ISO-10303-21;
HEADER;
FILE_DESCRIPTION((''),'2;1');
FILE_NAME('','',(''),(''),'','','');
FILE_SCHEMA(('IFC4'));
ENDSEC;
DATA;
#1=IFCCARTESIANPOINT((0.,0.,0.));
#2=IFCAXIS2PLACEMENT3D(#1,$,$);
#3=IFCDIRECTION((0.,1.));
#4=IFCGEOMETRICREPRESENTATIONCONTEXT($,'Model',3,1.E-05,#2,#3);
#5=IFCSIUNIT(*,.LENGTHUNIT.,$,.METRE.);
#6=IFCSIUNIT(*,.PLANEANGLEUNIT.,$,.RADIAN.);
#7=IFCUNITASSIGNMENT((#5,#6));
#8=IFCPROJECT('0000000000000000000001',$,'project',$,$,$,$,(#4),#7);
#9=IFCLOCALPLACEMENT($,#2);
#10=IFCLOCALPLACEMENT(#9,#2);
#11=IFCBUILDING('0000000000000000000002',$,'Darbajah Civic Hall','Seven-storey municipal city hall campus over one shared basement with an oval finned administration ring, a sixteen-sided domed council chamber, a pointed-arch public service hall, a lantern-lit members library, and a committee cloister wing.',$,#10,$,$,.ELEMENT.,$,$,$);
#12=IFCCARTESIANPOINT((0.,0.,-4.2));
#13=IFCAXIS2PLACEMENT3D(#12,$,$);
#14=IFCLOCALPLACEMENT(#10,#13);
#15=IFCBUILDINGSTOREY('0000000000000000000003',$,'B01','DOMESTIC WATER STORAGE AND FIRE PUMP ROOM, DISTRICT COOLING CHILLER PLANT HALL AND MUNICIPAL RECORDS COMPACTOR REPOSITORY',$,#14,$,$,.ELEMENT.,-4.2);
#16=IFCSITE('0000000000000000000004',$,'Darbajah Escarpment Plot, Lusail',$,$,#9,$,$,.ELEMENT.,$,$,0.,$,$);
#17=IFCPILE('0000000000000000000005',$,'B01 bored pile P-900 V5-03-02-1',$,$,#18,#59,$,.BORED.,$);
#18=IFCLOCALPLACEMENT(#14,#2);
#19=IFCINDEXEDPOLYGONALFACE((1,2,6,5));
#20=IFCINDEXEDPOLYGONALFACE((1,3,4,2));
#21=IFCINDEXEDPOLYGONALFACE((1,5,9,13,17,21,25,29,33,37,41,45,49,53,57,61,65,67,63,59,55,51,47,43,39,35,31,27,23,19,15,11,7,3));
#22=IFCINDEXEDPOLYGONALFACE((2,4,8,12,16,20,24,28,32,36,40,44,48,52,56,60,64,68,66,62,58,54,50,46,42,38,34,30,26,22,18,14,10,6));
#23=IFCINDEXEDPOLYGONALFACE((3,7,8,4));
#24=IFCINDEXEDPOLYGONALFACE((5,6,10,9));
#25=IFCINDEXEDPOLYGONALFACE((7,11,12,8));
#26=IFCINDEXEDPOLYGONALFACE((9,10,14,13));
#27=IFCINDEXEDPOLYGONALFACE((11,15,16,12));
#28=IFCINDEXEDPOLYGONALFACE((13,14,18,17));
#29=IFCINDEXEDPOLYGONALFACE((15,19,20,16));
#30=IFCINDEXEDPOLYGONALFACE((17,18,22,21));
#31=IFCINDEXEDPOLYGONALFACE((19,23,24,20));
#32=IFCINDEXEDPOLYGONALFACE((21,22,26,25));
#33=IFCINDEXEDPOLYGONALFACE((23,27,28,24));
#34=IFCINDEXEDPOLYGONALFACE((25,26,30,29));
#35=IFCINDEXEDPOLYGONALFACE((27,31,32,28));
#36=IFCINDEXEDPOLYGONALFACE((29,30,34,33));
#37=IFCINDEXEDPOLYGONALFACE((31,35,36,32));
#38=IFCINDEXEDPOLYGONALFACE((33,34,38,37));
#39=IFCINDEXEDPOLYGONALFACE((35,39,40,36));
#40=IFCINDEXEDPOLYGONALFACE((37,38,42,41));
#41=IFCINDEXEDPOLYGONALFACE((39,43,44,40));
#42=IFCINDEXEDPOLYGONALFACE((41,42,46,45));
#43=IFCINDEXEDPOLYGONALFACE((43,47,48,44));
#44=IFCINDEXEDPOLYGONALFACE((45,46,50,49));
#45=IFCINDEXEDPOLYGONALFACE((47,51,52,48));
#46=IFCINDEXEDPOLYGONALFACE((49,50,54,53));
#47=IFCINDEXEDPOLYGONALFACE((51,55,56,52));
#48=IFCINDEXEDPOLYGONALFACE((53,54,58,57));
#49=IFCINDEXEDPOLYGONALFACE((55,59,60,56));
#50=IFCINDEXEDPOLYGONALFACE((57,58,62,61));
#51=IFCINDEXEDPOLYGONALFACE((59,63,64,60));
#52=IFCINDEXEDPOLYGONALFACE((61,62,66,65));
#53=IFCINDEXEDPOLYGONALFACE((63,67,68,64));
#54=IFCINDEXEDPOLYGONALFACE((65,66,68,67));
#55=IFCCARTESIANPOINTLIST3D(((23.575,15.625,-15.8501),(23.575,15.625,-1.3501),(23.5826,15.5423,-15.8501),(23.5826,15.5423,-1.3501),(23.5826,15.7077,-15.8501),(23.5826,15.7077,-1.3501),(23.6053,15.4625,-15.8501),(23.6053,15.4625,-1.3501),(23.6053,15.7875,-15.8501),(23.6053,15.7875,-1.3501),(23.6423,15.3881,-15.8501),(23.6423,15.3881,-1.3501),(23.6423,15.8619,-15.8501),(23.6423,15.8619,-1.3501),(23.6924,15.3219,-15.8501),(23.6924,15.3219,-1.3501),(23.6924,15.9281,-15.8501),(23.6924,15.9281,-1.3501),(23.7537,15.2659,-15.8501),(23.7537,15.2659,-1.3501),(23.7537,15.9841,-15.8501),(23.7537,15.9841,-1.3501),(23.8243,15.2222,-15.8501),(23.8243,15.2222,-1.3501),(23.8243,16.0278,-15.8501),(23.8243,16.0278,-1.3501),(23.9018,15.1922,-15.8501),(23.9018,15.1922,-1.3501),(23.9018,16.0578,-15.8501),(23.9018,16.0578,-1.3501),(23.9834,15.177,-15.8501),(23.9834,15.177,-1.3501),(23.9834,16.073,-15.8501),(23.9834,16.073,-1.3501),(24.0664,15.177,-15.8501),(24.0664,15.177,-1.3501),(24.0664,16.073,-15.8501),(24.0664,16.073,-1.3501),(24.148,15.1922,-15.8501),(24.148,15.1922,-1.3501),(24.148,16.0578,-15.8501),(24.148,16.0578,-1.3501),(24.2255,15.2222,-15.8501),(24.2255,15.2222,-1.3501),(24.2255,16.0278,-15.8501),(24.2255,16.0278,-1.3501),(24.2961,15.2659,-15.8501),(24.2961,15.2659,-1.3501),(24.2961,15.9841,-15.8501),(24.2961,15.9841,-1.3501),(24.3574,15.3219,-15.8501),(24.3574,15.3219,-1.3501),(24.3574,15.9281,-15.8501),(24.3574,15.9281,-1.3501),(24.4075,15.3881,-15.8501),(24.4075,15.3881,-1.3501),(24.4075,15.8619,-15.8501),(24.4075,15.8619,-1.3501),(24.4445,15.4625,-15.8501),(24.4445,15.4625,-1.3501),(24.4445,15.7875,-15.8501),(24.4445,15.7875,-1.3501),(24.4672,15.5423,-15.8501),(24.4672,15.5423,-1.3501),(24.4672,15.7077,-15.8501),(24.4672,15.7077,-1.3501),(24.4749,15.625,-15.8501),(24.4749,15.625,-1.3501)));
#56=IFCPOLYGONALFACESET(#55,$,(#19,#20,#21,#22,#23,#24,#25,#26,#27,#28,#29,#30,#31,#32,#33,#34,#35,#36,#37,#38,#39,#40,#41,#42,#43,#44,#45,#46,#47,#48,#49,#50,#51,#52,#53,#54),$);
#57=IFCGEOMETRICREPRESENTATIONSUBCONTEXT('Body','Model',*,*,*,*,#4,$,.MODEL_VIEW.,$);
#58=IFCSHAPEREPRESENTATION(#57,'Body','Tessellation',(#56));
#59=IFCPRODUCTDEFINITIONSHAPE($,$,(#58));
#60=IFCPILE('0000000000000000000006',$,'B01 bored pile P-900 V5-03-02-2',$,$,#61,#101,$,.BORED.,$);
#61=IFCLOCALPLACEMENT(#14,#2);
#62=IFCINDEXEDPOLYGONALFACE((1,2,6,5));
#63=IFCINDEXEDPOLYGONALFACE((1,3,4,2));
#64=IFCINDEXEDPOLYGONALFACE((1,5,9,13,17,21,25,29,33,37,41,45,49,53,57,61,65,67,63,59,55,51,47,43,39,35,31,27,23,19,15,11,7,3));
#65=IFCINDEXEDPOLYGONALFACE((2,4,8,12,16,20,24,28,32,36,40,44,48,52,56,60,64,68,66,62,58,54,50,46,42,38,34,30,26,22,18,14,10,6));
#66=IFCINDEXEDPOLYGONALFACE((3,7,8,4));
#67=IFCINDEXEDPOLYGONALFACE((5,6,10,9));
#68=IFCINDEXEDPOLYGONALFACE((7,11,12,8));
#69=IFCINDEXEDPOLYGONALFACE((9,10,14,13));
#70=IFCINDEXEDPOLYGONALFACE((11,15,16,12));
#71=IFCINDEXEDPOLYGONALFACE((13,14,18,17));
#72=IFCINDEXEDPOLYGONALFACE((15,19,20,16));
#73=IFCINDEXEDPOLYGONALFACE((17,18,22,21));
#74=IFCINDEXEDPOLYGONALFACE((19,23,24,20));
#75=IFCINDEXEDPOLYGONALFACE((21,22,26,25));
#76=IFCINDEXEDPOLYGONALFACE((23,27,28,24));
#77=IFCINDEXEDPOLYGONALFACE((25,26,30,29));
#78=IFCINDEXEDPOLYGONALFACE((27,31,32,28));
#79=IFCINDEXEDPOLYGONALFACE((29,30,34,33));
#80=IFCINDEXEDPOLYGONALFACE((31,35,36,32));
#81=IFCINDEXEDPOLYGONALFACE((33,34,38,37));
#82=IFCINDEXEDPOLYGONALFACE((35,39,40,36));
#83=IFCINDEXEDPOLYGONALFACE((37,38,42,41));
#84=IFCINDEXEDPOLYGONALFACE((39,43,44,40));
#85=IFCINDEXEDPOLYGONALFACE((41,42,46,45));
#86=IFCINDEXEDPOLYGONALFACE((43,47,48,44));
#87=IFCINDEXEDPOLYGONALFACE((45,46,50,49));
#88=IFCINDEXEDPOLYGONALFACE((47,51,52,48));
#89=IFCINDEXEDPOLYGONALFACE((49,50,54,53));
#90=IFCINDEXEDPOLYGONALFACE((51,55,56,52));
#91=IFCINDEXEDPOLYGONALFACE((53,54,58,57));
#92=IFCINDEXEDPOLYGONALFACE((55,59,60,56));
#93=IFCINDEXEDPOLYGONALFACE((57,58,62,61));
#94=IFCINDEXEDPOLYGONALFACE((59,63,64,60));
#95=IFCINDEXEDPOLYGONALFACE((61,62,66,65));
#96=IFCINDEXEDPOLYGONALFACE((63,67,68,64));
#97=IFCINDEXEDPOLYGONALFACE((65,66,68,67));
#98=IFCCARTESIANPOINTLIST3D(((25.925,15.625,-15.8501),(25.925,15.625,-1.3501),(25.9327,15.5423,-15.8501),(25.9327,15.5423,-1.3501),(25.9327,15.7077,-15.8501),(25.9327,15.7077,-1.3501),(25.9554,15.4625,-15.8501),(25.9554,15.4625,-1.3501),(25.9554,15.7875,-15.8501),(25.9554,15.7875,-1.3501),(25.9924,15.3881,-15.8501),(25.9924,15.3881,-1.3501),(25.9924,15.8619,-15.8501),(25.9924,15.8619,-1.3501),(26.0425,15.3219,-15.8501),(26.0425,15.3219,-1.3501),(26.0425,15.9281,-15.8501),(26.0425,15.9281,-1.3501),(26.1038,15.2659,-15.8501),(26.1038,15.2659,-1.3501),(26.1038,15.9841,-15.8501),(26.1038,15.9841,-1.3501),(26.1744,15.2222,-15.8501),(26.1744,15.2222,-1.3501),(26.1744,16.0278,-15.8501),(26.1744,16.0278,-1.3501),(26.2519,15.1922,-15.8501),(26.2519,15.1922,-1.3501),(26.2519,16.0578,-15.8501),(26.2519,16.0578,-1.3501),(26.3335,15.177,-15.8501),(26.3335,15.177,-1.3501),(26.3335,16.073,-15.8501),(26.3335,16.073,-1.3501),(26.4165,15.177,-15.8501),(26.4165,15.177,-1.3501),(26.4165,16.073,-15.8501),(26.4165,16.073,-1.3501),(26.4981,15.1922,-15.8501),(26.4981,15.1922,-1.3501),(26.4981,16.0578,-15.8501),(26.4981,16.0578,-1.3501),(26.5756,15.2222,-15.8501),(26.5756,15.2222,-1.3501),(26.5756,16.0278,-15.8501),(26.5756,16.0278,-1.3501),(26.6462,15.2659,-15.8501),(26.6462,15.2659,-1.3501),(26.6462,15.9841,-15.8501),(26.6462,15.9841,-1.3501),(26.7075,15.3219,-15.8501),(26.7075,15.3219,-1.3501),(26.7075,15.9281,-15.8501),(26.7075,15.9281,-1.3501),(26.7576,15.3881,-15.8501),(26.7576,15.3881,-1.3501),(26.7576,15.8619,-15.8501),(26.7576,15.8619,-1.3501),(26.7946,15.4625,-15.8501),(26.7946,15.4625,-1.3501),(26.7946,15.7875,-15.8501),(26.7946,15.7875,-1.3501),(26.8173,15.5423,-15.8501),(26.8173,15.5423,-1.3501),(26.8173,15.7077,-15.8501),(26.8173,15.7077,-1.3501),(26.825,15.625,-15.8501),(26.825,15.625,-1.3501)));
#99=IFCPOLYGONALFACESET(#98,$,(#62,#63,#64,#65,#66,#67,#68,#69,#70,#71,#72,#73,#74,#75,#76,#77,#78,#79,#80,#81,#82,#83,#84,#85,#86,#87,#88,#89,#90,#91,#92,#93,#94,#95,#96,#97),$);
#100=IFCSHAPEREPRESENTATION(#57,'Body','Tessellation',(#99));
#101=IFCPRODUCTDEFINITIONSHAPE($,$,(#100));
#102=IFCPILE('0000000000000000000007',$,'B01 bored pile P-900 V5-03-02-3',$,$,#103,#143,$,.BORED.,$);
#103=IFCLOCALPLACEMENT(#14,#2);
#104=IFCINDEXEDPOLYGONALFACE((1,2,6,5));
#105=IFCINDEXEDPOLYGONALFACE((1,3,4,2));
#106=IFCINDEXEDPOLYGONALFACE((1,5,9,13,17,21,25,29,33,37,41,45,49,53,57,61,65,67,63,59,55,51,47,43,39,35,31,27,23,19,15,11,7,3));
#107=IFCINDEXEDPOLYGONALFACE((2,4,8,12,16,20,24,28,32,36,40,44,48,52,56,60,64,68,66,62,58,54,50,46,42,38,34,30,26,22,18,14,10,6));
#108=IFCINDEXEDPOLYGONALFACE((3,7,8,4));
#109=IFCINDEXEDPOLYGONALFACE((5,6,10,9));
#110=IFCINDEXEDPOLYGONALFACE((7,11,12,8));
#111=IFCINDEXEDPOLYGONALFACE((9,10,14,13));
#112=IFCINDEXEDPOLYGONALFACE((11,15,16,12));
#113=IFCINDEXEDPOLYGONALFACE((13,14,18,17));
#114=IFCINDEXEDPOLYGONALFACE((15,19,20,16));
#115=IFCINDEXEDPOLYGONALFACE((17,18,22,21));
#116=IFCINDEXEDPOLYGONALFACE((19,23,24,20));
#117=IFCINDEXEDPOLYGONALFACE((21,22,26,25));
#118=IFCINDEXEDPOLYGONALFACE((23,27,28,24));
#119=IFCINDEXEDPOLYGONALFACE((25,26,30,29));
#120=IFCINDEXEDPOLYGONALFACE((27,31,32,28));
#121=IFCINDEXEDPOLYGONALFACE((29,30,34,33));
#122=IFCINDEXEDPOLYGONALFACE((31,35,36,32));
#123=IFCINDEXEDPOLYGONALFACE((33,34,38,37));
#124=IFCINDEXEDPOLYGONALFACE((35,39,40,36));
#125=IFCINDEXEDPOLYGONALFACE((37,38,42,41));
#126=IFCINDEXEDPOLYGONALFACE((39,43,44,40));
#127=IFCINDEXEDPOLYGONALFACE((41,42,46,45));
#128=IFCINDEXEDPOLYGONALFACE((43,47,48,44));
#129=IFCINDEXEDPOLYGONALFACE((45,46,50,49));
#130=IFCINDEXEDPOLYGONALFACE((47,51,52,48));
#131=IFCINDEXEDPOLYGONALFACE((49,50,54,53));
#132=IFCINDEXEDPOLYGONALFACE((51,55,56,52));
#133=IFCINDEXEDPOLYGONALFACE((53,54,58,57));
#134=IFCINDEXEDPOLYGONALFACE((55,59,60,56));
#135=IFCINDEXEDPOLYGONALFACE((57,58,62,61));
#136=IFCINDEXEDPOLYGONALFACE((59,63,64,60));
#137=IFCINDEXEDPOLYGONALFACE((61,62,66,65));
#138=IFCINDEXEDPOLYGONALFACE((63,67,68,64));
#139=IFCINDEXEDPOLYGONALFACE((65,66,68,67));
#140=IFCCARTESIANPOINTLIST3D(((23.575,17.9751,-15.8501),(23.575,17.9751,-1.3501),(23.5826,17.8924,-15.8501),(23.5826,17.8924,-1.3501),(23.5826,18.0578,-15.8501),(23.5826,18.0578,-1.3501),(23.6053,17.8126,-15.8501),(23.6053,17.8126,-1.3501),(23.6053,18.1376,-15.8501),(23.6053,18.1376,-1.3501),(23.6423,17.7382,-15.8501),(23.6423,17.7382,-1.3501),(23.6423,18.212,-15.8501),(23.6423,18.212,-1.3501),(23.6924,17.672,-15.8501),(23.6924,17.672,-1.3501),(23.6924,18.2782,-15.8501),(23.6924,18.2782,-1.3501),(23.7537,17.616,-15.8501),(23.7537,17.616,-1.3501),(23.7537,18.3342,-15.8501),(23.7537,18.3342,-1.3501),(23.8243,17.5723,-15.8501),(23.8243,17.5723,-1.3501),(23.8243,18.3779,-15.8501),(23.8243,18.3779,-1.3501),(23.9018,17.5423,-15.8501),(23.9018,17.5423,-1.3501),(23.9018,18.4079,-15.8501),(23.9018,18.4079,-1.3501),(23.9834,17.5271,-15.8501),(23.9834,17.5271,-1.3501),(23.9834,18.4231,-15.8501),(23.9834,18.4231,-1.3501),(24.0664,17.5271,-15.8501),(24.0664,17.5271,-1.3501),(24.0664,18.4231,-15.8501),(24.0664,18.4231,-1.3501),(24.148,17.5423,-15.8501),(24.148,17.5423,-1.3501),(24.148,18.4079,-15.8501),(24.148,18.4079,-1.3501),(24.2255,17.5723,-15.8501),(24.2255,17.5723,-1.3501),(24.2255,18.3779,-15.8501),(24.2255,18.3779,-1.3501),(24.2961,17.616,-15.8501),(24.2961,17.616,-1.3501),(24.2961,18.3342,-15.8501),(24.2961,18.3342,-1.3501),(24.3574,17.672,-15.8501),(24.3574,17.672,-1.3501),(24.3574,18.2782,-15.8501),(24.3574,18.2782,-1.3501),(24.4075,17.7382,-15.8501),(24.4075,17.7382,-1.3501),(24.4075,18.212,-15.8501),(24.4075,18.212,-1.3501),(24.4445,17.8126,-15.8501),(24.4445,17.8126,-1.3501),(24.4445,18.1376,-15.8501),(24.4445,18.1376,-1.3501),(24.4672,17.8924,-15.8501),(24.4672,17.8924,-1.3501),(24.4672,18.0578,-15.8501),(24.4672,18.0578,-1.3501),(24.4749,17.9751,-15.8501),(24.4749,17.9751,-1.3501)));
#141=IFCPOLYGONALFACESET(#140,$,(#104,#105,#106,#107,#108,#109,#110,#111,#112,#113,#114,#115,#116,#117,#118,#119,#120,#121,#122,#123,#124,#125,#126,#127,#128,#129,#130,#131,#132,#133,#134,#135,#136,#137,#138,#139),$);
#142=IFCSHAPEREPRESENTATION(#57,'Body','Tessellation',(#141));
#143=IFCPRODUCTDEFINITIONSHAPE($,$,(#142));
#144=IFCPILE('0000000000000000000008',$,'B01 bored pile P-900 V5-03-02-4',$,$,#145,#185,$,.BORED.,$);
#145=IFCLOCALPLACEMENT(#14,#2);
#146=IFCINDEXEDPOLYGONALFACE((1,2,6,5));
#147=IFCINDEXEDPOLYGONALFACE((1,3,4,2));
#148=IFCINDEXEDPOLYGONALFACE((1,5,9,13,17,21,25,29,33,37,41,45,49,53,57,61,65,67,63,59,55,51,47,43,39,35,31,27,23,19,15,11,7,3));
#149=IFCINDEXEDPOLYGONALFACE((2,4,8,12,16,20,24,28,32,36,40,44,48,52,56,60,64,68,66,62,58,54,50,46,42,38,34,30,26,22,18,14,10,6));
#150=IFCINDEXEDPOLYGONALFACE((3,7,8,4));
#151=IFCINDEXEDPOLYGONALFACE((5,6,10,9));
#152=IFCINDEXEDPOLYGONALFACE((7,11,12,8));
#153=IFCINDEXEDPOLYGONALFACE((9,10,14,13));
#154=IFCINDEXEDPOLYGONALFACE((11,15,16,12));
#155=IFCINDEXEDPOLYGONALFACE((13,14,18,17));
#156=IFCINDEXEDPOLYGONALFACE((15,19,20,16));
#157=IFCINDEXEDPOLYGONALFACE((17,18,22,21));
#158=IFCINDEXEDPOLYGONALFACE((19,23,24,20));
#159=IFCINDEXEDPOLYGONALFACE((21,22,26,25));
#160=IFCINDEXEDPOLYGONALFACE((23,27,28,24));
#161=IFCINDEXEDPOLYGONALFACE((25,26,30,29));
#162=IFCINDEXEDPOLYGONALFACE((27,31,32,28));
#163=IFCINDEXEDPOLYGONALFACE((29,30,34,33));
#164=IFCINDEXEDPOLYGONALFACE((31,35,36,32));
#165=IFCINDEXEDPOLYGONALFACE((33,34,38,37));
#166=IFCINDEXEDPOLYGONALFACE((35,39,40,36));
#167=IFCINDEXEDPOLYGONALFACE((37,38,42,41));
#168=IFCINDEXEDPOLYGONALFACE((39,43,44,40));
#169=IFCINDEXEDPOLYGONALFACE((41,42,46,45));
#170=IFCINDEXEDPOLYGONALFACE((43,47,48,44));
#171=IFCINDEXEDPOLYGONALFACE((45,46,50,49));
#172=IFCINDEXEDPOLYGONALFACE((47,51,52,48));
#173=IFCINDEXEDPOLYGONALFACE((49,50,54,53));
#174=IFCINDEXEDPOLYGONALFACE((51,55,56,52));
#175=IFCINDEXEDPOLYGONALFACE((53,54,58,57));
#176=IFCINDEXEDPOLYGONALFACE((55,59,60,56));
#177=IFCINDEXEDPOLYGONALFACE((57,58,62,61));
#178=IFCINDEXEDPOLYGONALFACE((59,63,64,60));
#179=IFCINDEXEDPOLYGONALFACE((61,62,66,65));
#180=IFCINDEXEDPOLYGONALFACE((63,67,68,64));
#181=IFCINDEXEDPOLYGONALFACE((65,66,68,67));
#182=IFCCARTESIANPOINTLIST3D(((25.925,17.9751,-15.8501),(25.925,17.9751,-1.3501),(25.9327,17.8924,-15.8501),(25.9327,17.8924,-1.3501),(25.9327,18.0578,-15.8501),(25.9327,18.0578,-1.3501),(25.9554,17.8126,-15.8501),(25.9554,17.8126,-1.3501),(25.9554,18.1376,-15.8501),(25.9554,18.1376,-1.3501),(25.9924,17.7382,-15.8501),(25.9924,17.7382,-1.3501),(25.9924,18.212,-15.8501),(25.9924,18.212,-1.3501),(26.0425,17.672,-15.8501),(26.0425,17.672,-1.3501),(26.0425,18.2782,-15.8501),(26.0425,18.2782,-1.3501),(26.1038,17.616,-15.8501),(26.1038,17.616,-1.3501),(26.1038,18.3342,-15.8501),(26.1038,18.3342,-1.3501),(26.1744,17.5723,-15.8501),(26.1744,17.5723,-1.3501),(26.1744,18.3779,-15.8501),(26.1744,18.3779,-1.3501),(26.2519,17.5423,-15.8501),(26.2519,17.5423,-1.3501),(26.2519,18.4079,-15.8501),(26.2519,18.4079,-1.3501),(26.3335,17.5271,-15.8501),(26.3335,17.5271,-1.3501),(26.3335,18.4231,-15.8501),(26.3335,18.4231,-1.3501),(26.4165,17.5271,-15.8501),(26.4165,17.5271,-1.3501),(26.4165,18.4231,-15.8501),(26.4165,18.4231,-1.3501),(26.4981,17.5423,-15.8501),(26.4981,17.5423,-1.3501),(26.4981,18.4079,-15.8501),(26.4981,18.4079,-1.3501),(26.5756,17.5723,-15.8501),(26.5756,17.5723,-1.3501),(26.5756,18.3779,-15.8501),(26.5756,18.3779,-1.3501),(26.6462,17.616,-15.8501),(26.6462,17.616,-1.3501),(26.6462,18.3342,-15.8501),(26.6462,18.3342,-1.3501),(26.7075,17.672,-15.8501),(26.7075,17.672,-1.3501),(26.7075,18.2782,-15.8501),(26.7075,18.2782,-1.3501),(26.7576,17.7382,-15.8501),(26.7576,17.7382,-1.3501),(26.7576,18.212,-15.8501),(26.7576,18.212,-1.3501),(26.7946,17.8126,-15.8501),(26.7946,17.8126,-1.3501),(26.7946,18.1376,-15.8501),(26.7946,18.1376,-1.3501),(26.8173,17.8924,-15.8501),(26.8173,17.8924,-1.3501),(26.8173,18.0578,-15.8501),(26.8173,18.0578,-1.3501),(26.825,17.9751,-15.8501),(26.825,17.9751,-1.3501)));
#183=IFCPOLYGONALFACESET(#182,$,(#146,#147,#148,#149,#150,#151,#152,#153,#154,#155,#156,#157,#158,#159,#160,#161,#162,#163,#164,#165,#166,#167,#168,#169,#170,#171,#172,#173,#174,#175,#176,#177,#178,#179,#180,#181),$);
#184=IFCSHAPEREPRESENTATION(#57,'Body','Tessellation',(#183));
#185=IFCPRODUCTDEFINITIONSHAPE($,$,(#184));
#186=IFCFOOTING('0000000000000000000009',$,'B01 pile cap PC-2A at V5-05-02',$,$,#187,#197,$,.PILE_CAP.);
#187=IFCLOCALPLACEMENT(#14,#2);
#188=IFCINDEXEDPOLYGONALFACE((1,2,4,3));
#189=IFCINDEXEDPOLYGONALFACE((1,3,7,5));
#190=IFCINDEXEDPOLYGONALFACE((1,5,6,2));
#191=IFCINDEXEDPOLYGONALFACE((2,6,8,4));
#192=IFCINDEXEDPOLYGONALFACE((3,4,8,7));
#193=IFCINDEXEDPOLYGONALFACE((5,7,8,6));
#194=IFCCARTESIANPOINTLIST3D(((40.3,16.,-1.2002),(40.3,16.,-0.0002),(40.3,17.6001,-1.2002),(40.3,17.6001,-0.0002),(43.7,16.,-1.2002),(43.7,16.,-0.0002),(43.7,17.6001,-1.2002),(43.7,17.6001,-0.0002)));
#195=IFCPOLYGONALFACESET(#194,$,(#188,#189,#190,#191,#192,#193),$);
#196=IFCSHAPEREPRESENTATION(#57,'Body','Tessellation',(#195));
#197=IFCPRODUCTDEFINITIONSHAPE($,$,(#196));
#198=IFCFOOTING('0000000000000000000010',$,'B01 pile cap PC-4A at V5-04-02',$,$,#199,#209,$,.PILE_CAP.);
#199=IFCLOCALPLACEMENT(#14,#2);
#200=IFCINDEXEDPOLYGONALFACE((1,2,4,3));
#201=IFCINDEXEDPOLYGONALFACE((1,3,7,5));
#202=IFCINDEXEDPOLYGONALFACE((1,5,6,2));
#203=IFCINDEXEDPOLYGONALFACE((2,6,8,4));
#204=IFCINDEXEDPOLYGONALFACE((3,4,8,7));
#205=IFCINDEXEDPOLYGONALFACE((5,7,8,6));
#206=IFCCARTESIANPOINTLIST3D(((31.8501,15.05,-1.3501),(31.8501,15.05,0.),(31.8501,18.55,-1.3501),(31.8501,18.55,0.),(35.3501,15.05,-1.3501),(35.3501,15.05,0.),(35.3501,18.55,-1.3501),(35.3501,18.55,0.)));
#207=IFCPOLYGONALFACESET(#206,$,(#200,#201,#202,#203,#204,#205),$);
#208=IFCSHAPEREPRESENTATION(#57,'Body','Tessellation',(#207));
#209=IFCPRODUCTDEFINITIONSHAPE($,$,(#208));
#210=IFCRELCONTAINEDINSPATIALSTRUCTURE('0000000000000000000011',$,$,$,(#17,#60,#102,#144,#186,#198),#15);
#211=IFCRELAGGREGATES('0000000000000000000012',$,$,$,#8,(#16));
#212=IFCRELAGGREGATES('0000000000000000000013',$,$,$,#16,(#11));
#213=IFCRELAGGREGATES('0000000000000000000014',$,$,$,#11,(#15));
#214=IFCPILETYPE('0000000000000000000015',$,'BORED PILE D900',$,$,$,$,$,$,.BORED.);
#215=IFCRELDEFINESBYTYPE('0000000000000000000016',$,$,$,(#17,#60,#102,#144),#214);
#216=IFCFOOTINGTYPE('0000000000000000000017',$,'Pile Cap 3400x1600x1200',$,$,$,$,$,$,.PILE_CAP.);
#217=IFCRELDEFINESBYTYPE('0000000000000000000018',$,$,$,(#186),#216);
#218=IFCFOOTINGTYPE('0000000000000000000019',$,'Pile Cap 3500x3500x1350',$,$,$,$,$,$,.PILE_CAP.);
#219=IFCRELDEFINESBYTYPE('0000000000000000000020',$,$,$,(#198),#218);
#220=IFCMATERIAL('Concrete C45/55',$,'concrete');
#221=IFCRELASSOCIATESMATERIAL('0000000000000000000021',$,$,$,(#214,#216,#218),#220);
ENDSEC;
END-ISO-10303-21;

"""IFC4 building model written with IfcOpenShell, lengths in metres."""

from ifc_helpers import new_model, si_unit, direction, frame, origin, origin_2d, place, context, subcontext, project, spatial, rectangle, circle, extrude, material, material_profile, profile_set, type_object, element, save


model = new_model("IFC4")

# Units and contexts
model_context = context("Model", 3, precision=1e-05, world=origin(), true_north=direction((0.0, 1.0)))
body_context = subcontext(model_context, "Body", "Model", "MODEL_VIEW")
ifc_project = project(units=[si_unit("LENGTHUNIT", "METRE"), si_unit("PLANEANGLEUNIT", "RADIAN")], contexts=[model_context])

# Site, building, storey
site_placement = place(None, origin())
site = spatial("IfcSite", under=ifc_project, at=site_placement, Name="Darbajah Escarpment Plot, Lusail", CompositionType="ELEMENT", RefElevation=0.0)
building_placement = place(site_placement, origin())
building = spatial("IfcBuilding", under=site, at=building_placement, Name="Darbajah Civic Hall", Description="Seven-storey municipal city hall campus over one shared basement with an oval finned administration ring, a sixteen-sided domed council chamber, a pointed-arch public service hall, a lantern-lit members library, and a committee cloister wing.", CompositionType="ELEMENT")
storey_placement = place(building_placement, frame((0.0, 0.0, -4.2)))
storey = spatial("IfcBuildingStorey", under=building, at=storey_placement, Name="B01", Description="DOMESTIC WATER STORAGE AND FIRE PUMP ROOM, DISTRICT COOLING CHILLER PLANT HALL AND MUNICIPAL RECORDS COMPACTOR REPOSITORY", CompositionType="ELEMENT", Elevation=-4.2)

# Piles
ifc_material_1 = material(Name="Concrete C45/55", Category="concrete")
ifc_material_profile_1 = material_profile(ifc_material_1, circle(Radius=0.45, at=origin_2d()), Name="BORED PILE D900")
ifc_profile_set_1 = profile_set([ifc_material_profile_1], Name="Concrete C45/55")
pile_type_1 = type_object("IfcPileType", Name="BORED PILE D900", PredefinedType="BORED", material=ifc_profile_set_1)
for number, where, z_axis, x_axis, name in (
    (1, (24.0249, 15.625, -1.3501), (0.0, 0.0, -1.0), (1.0, 0.0, 0.0), "B01 bored pile P-900 V5-03-02-1"),
    (2, (26.375, 15.625, -1.3501), (0.0, 0.0, -1.0), (1.0, 0.0, 0.0), "B01 bored pile P-900 V5-03-02-2"),
    (3, (24.0249, 17.9751, -1.3501), (0.0, 0.0, -1.0), (1.0, 0.0, 0.0), "B01 bored pile P-900 V5-03-02-3"),
    (4, (26.375, 17.9751, -1.3501), (0.0, 0.0, -1.0), (1.0, 0.0, 0.0), "B01 bored pile P-900 V5-03-02-4"),
):
    element("IfcPile", number, at=place(storey_placement, frame(where, z_axis=z_axis, x_axis=x_axis)), inside=storey, type_object=pile_type_1, Name=name, PredefinedType="BORED", context=body_context, shape_type="SweptSolid", body=[
        extrude(circle(Radius=0.45, at=origin_2d()), origin(), (0.0, 0.0, 1.0), 14.5),
    ])

# Footings
footing_type_1 = type_object("IfcFootingType", Name="Pile Cap 3400x1600x1200", PredefinedType="PILE_CAP", material=ifc_material_1)
footing_1_placement = place(storey_placement, frame((42.0, 16.8, -1.2002), z_axis=(0.0, 0.0, 1.0), x_axis=(1.0, 0.0, 0.0)))
element("IfcFooting", 5, at=footing_1_placement, inside=storey, type_object=footing_type_1, Name="B01 pile cap PC-2A at V5-05-02", PredefinedType="PILE_CAP", context=body_context, shape_type="SweptSolid", body=[
    extrude(rectangle(XDim=3.3999, YDim=1.6001, at=origin_2d()), origin(), (0.0, 0.0, 1.0), 1.2),
])
footing_type_2 = type_object("IfcFootingType", Name="Pile Cap 3500x3500x1350", PredefinedType="PILE_CAP", material=ifc_material_1)
footing_2_placement = place(storey_placement, frame((33.6001, 16.8, -1.3501), z_axis=(0.0, 0.0, 1.0), x_axis=(1.0, 0.0, 0.0)))
element("IfcFooting", 6, at=footing_2_placement, inside=storey, type_object=footing_type_2, Name="B01 pile cap PC-4A at V5-04-02", PredefinedType="PILE_CAP", context=body_context, shape_type="SweptSolid", body=[
    extrude(rectangle(XDim=3.5, YDim=3.5, at=origin_2d()), origin(), (0.0, 0.0, 1.0), 1.3501),
])

save(model, "model.ifc")
